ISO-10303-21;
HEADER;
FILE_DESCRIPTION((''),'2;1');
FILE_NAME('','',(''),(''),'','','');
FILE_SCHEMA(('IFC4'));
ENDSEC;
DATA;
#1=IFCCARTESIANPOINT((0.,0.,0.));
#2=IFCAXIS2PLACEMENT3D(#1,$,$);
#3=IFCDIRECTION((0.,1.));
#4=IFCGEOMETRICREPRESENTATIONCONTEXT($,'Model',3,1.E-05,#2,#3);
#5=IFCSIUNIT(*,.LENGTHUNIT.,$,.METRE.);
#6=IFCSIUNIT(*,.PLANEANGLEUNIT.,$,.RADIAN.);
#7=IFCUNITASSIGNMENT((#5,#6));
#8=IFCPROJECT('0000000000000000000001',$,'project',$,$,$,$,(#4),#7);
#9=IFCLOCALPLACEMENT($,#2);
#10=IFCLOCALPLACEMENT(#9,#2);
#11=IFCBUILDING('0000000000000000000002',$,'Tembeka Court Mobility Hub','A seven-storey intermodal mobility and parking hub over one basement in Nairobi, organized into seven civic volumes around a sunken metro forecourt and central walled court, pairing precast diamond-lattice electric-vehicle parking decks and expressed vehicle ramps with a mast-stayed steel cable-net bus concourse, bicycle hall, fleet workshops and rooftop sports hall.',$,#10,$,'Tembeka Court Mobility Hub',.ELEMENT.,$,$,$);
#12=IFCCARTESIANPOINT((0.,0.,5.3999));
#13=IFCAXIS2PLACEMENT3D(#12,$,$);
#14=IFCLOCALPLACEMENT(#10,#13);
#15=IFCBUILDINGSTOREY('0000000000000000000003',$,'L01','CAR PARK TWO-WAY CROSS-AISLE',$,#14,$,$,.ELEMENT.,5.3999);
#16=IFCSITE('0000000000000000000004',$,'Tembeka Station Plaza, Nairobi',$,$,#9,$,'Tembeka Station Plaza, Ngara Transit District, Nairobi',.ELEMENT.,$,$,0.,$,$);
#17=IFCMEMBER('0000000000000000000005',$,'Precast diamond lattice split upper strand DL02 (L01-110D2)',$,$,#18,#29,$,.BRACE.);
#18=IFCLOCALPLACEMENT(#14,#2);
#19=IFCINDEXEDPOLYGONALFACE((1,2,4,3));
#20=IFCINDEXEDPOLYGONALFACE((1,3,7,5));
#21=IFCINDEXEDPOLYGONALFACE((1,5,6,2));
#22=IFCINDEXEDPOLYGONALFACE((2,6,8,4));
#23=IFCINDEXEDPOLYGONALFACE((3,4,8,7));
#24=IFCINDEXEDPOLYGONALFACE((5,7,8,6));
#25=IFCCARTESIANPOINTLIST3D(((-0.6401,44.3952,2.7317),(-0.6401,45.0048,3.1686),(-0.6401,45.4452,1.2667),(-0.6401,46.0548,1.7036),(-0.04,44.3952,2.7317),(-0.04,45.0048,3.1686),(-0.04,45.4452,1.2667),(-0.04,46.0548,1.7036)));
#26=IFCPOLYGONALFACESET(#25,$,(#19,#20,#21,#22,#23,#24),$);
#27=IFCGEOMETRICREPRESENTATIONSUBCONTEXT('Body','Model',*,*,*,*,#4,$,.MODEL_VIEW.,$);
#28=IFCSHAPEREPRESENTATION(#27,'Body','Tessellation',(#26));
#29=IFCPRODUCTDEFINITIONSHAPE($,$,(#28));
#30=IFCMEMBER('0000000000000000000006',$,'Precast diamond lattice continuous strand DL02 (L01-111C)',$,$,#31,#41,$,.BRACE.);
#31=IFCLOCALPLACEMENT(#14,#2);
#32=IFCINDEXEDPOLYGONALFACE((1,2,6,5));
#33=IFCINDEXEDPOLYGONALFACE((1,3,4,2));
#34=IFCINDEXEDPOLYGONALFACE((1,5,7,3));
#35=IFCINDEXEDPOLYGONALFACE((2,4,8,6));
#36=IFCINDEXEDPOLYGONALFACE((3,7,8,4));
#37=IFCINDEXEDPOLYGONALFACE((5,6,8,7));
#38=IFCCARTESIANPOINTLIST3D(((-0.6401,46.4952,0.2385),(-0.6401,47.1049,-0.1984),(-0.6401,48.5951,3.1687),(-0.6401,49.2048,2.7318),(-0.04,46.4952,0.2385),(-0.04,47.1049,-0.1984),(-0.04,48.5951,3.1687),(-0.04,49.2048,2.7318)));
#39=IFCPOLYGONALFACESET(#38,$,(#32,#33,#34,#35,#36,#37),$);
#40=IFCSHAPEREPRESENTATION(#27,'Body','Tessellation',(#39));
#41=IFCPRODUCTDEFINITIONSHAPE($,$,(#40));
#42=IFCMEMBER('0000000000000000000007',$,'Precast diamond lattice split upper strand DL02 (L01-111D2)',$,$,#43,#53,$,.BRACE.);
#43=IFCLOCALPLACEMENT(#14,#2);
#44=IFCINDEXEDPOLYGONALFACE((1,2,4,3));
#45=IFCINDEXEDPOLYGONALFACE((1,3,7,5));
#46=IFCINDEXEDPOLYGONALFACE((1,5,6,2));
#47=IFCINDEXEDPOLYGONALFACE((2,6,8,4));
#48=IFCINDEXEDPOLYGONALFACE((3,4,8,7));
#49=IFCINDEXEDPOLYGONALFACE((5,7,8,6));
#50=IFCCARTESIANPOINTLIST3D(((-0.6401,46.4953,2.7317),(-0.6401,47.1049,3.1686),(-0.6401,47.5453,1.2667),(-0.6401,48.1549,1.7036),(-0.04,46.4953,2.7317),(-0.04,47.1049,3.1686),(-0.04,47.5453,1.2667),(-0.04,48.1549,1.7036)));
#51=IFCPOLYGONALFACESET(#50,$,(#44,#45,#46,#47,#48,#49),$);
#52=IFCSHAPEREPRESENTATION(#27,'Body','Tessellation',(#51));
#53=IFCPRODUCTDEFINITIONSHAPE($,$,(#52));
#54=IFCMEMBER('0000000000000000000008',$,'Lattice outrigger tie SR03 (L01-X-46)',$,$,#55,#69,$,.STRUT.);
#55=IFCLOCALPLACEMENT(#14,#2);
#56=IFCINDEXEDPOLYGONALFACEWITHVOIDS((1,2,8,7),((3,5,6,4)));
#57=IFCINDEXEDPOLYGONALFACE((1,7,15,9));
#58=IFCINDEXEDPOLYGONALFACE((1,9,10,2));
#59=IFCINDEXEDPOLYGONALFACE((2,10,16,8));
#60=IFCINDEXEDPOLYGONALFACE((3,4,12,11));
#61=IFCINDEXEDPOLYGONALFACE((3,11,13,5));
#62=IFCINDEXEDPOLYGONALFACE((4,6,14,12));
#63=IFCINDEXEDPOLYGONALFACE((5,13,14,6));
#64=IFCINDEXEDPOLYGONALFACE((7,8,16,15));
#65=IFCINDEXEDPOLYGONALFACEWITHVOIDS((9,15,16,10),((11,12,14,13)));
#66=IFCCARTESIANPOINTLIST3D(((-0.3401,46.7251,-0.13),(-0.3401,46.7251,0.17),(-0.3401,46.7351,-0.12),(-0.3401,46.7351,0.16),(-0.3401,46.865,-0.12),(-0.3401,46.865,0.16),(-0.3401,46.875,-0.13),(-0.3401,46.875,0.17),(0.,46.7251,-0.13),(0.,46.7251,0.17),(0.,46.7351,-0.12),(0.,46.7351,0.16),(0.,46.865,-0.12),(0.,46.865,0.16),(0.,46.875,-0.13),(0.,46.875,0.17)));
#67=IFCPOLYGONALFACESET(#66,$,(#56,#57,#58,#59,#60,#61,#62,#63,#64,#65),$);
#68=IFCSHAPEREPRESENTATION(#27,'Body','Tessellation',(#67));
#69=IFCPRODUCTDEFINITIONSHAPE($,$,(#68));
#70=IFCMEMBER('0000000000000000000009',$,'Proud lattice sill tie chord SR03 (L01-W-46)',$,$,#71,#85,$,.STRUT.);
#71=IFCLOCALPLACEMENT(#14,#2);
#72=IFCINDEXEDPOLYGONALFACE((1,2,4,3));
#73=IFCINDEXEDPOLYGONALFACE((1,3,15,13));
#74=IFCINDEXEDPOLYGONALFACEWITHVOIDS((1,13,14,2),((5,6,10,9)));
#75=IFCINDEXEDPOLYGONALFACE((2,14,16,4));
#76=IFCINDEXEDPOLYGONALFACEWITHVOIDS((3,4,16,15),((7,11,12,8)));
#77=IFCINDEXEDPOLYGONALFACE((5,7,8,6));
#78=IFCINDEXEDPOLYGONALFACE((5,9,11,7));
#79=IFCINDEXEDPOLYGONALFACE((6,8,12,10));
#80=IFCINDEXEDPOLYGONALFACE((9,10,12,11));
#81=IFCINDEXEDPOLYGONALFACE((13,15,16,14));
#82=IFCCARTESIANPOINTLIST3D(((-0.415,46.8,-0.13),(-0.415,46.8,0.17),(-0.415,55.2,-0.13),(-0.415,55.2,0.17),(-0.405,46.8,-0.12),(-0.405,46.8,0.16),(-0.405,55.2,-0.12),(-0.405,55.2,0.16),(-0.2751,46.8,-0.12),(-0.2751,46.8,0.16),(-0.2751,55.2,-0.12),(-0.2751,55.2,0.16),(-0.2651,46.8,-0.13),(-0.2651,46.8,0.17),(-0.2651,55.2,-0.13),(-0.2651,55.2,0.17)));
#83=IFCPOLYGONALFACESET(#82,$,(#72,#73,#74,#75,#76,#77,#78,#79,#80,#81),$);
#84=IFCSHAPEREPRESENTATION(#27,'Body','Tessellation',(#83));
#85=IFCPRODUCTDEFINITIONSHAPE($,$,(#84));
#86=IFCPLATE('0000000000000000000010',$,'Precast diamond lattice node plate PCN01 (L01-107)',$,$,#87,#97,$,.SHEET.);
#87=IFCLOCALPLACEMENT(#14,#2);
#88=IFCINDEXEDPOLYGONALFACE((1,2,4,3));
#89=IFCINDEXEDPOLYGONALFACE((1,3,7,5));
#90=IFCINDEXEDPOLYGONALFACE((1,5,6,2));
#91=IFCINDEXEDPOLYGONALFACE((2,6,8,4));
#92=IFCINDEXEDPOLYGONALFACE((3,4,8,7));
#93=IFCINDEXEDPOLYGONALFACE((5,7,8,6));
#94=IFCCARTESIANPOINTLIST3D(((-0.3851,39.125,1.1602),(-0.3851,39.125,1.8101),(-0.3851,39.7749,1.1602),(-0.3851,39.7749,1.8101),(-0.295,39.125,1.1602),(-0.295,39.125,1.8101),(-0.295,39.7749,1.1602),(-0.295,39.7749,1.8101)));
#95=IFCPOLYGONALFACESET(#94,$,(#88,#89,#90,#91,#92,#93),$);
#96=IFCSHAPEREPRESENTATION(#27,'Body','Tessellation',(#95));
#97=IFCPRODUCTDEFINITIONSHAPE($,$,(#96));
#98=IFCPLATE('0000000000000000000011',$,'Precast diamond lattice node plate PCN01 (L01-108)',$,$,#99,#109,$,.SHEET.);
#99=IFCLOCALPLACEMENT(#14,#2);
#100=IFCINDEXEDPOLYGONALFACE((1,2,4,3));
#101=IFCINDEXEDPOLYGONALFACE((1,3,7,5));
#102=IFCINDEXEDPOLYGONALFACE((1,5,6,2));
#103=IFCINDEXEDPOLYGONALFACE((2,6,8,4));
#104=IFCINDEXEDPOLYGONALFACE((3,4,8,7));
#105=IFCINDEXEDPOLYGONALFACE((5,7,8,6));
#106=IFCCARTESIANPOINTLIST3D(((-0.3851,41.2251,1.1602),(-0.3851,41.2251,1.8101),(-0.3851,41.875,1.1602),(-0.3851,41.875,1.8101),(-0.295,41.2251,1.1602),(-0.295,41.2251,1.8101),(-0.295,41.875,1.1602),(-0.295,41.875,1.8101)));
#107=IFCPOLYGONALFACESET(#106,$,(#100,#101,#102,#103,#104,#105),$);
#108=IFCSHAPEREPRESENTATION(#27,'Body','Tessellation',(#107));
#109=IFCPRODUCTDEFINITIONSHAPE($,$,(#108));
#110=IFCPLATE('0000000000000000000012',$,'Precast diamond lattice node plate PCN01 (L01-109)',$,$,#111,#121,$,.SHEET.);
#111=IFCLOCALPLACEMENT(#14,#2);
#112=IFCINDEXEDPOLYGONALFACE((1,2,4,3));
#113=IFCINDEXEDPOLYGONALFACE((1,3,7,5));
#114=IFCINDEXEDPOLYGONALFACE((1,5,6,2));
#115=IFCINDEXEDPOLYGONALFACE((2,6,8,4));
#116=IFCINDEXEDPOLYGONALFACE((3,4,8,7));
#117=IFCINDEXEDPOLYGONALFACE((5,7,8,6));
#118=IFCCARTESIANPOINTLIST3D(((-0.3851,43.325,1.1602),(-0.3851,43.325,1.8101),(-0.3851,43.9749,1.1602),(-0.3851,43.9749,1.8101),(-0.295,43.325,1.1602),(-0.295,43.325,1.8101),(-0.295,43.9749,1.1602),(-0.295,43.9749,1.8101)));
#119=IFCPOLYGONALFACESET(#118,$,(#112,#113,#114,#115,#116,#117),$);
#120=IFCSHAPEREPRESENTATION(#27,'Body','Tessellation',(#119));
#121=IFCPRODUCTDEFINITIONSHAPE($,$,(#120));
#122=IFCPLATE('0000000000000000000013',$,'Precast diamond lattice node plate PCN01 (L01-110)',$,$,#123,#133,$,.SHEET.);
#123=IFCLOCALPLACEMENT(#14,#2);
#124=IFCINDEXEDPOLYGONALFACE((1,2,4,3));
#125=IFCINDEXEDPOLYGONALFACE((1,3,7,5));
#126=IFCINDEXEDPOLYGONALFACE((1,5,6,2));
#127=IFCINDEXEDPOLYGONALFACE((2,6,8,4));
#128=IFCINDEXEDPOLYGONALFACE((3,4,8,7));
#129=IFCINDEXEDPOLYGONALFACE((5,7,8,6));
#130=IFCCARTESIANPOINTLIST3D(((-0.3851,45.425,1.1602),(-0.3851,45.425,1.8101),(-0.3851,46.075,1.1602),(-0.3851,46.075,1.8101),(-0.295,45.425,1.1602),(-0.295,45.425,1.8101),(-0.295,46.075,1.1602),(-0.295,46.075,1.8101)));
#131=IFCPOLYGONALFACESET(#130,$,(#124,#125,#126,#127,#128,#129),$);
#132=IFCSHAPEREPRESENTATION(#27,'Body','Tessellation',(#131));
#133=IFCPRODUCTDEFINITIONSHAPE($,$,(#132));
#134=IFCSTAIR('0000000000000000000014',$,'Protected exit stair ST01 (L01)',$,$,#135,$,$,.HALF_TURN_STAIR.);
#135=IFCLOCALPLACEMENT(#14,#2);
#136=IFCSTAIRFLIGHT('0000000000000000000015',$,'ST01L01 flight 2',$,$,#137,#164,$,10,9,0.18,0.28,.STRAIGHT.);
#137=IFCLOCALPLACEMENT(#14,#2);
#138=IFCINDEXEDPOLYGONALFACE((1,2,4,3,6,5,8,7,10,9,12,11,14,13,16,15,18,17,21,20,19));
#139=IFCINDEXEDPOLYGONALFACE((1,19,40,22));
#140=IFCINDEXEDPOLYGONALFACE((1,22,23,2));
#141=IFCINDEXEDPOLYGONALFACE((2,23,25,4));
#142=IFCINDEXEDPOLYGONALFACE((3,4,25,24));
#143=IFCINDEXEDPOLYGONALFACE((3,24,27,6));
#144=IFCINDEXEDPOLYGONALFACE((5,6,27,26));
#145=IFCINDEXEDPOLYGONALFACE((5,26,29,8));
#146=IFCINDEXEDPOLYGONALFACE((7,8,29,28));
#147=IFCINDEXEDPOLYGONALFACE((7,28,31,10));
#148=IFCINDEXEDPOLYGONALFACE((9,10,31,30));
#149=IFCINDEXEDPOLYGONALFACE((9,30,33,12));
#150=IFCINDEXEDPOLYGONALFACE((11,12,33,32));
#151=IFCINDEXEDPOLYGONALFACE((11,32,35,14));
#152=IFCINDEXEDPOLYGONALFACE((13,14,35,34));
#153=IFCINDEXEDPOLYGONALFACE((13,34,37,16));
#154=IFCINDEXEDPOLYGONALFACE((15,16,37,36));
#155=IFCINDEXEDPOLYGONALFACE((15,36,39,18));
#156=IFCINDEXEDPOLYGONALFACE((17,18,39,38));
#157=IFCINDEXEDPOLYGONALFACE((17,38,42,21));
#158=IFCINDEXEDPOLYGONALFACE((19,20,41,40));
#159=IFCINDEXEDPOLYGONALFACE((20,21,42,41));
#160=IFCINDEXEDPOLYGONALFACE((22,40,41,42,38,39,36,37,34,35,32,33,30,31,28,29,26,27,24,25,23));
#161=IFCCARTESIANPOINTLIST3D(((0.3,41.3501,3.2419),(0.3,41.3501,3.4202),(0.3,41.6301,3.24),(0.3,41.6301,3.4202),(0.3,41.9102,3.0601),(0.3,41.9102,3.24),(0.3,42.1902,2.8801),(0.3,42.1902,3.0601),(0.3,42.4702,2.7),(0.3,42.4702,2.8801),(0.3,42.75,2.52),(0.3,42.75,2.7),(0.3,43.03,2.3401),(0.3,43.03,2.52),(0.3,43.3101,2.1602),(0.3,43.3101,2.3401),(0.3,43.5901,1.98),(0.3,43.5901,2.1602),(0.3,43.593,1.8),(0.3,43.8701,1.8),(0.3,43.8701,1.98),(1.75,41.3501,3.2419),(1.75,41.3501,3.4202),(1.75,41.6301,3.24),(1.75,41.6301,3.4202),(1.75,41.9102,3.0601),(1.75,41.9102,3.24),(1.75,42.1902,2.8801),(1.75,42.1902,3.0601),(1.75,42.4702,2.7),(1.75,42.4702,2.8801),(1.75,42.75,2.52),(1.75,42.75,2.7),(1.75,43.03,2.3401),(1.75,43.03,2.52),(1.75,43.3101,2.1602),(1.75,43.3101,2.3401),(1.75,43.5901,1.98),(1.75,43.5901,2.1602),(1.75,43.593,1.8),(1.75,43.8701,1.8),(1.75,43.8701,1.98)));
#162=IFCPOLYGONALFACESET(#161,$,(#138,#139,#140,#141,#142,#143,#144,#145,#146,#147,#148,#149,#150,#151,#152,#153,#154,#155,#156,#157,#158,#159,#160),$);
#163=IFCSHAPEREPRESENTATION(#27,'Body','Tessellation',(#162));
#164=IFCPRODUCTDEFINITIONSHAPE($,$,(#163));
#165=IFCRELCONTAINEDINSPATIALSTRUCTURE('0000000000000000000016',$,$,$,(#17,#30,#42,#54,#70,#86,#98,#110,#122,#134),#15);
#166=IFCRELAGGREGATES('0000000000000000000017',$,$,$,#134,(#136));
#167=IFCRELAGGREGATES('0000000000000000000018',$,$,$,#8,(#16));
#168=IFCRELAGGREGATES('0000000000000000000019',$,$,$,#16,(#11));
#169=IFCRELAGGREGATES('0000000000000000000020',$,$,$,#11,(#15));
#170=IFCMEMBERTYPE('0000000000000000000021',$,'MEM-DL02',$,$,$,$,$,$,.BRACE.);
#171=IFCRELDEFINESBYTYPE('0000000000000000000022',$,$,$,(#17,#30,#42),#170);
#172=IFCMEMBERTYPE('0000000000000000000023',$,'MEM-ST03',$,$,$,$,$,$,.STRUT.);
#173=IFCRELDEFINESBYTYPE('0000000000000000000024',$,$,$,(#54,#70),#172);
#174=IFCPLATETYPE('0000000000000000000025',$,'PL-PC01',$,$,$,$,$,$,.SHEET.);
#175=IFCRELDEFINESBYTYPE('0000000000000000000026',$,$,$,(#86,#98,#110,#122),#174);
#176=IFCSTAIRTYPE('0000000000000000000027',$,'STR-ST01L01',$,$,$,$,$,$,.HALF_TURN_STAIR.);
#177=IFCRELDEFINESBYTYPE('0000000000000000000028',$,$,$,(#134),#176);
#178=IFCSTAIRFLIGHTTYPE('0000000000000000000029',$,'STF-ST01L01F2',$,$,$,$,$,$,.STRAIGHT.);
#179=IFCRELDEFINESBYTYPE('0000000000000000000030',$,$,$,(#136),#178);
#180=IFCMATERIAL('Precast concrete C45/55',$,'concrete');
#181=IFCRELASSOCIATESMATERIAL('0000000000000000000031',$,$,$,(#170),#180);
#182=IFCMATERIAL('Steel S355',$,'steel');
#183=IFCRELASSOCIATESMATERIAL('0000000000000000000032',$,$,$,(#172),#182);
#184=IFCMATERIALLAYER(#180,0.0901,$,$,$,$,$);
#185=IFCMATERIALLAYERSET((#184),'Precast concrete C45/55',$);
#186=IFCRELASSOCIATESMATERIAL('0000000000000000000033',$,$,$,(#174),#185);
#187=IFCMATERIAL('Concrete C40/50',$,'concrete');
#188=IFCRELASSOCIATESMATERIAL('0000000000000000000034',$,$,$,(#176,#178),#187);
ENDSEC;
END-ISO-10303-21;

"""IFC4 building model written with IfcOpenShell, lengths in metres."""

from ifc_helpers import new_model, si_unit, direction, frame, origin, origin_2d, place, context, subcontext, project, spatial, polyline, rectangle, hollow_rectangle, outline, extrude, material, layer, layer_set, material_profile, profile_set, type_object, element, aggregate, save


model = new_model("IFC4")

# Units and contexts
model_context = context("Model", 3, precision=1e-05, world=origin(), true_north=direction((0.0, 1.0)))
body_context = subcontext(model_context, "Body", "Model", "MODEL_VIEW")
ifc_project = project(units=[si_unit("LENGTHUNIT", "METRE"), si_unit("PLANEANGLEUNIT", "RADIAN")], contexts=[model_context])

# Site, building, storey
site_placement = place(None, origin())
site = spatial("IfcSite", under=ifc_project, at=site_placement, Name="Tembeka Station Plaza, Nairobi", LongName="Tembeka Station Plaza, Ngara Transit District, Nairobi", CompositionType="ELEMENT", RefElevation=0.0)
building_placement = place(site_placement, origin())
building = spatial("IfcBuilding", under=site, at=building_placement, Name="Tembeka Court Mobility Hub", Description="A seven-storey intermodal mobility and parking hub over one basement in Nairobi, organized into seven civic volumes around a sunken metro forecourt and central walled court, pairing precast diamond-lattice electric-vehicle parking decks and expressed vehicle ramps with a mast-stayed steel cable-net bus concourse, bicycle hall, fleet workshops and rooftop sports hall.", LongName="Tembeka Court Mobility Hub", CompositionType="ELEMENT")
storey_placement = place(building_placement, frame((0.0, 0.0, 5.3999)))
storey = spatial("IfcBuildingStorey", under=building, at=storey_placement, Name="L01", Description="CAR PARK TWO-WAY CROSS-AISLE", CompositionType="ELEMENT", Elevation=5.3999)

# Shared definitions
ifc_material_1 = material(Name="Steel S355", Category="steel")

# Shared definitions
ifc_material_2 = material(Name="Precast concrete C45/55", Category="concrete")

# Members
ifc_material_profile_1 = material_profile(ifc_material_2, rectangle(XDim=0.6001, YDim=0.75, at=origin_2d()), Name="PC-DIAG 600x750")
ifc_profile_set_1 = profile_set([ifc_material_profile_1], Name="Precast concrete C45/55")
member_type_1 = type_object("IfcMemberType", Name="MEM-DL02", PredefinedType="BRACE", material=ifc_profile_set_1)
for number, where, z_axis, x_axis, name in (
    (1, (-0.3401, 45.75, 1.4851), (0.0, -0.582544, 0.812799), (1.0, 0.0, 0.0), "Precast diamond lattice split upper strand DL02 (L01-110D2)"),
):
    element("IfcMember", number, at=place(storey_placement, frame(where, z_axis=z_axis, x_axis=x_axis)), inside=storey, type_object=member_type_1, Name=name, PredefinedType="BRACE", context=body_context, shape_type="SweptSolid", body=[
        extrude(rectangle(XDim=0.6001, YDim=0.75, at=origin_2d()), origin(), (0.0, 0.0, 1.0), 1.8025),
    ])
member_1_placement = place(storey_placement, frame((-0.3401, 46.8, 0.02), z_axis=(0.0, 0.5825, 0.812831), x_axis=(-1.0, 0.0, 0.0)))
element("IfcMember", 2, at=member_1_placement, inside=storey, type_object=member_type_1, Name="Precast diamond lattice continuous strand DL02 (L01-111C)", PredefinedType="BRACE", context=body_context, shape_type="SweptSolid", body=[
    extrude(rectangle(XDim=0.6001, YDim=0.75, at=origin_2d()), origin(), (0.0, 0.0, 1.0), 3.605),
])
member_2_placement = place(storey_placement, frame((-0.3401, 47.8501, 1.4851), z_axis=(0.0, -0.582544, 0.812799), x_axis=(1.0, 0.0, 0.0)))
element("IfcMember", 3, at=member_2_placement, inside=storey, type_object=member_type_1, Name="Precast diamond lattice split upper strand DL02 (L01-111D2)", PredefinedType="BRACE", context=body_context, shape_type="SweptSolid", body=[
    extrude(rectangle(XDim=0.6001, YDim=0.75, at=origin_2d()), origin(), (0.0, 0.0, 1.0), 1.8025),
])
ifc_material_profile_2 = material_profile(ifc_material_1, hollow_rectangle(XDim=0.1499, YDim=0.3, WallThickness=0.01, at=origin_2d()), Name="RHS 300x150x10")
ifc_profile_set_2 = profile_set([ifc_material_profile_2], Name="Steel S355")
member_type_2 = type_object("IfcMemberType", Name="MEM-ST03", PredefinedType="STRUT", material=ifc_profile_set_2)
member_3_placement = place(storey_placement, frame((0.0, 46.8, 0.02), z_axis=(-1.0, 0.0, 0.0), x_axis=(0.0, -1.0, 0.0)))
element("IfcMember", 4, at=member_3_placement, inside=storey, type_object=member_type_2, Name="Lattice outrigger tie SR03 (L01-X-46)", PredefinedType="STRUT", context=body_context, shape_type="SweptSolid", body=[
    extrude(hollow_rectangle(XDim=0.1499, YDim=0.3, WallThickness=0.01, at=origin_2d()), origin(), (0.0, 0.0, 1.0), 0.3401),
])
member_4_placement = place(storey_placement, frame((-0.3401, 46.8, 0.02), z_axis=(0.0, 1.0, 0.0), x_axis=(-1.0, 0.0, 0.0)))
element("IfcMember", 5, at=member_4_placement, inside=storey, type_object=member_type_2, Name="Proud lattice sill tie chord SR03 (L01-W-46)", PredefinedType="STRUT", context=body_context, shape_type="SweptSolid", body=[
    extrude(hollow_rectangle(XDim=0.1499, YDim=0.3, WallThickness=0.01, at=origin_2d()), origin(), (0.0, 0.0, 1.0), 8.3999),
])

# Plates
ifc_layer = layer(ifc_material_2, 0.0901)
ifc_layer_set = layer_set([ifc_layer], Name="Precast concrete C45/55")
plate_type = type_object("IfcPlateType", Name="PL-PC01", PredefinedType="SHEET", material=ifc_layer_set)
for number, where, z_axis, x_axis, name in (
    (6, (-0.3401, 39.45, 1.1602), (0.0, 0.0, 1.0), (1.0, 0.0, 0.0), "Precast diamond lattice node plate PCN01 (L01-107)"),
    (7, (-0.3401, 41.55, 1.1602), (0.0, 0.0, 1.0), (1.0, 0.0, 0.0), "Precast diamond lattice node plate PCN01 (L01-108)"),
    (8, (-0.3401, 43.6499, 1.1602), (0.0, 0.0, 1.0), (1.0, 0.0, 0.0), "Precast diamond lattice node plate PCN01 (L01-109)"),
    (9, (-0.3401, 45.75, 1.1602), (0.0, 0.0, 1.0), (1.0, 0.0, 0.0), "Precast diamond lattice node plate PCN01 (L01-110)"),
):
    element("IfcPlate", number, at=place(storey_placement, frame(where, z_axis=z_axis, x_axis=x_axis)), inside=storey, type_object=plate_type, Name=name, PredefinedType="SHEET", context=body_context, shape_type="SweptSolid", body=[
        extrude(rectangle(XDim=0.0901, YDim=0.6499, at=origin_2d()), origin(), (0.0, 0.0, 1.0), 0.6499),
    ])

# Stair, stair flight
ifc_material_3 = material(Name="Concrete C40/50", Category="concrete")
stair_type = type_object("IfcStairType", Name="STR-ST01L01", PredefinedType="HALF_TURN_STAIR", material=ifc_material_3)
stair_placement = place(storey_placement, origin())
stair = element("IfcStair", 10, at=stair_placement, inside=storey, type_object=stair_type, Name="Protected exit stair ST01 (L01)", PredefinedType="HALF_TURN_STAIR")
stair_flight_type = type_object("IfcStairFlightType", Name="STF-ST01L01F2", PredefinedType="STRAIGHT", material=ifc_material_3)
stair_flight_placement = place(storey_placement, frame((1.0249, 43.8701, 1.8), z_axis=(0.0, 0.0, 1.0), x_axis=(0.0, -1.0, 0.0)))
stair_flight = element("IfcStairFlight", 11, at=stair_flight_placement, type_object=stair_flight_type, Name="ST01L01 flight 2", NumberOfRisers=10, NumberOfTreads=9, PredefinedType="STRAIGHT", RiserHeight=0.18, TreadLength=0.28, context=body_context, shape_type="SweptSolid", body=[
    extrude(outline(polyline([(0.0, 0.0), (0.0, 0.1799), (0.28, 0.1799), (0.28, 0.3601), (0.5601, 0.3601), (0.5601, 0.54), (0.8401, 0.54), (0.8401, 0.72), (1.1201, 0.72), (1.1201, 0.8999), (1.3999, 0.8999), (1.3999, 1.0801), (1.6799, 1.0801), (1.6799, 1.26), (1.96, 1.26), (1.96, 1.4399), (2.24, 1.4399), (2.24, 1.6201), (2.52, 1.6201), (2.52, 1.8), (2.52, 1.4419), (0.2771, 0.0), (0.0, 0.0)])), frame((0.0, 0.7251, 0.0), z_axis=(0.0, -1.0, 0.0), x_axis=(1.0, 0.0, 0.0)), (0.0, 0.0, 1.0), 1.45),
])
aggregate(stair, [stair_flight])

save(model, "model.ifc")
